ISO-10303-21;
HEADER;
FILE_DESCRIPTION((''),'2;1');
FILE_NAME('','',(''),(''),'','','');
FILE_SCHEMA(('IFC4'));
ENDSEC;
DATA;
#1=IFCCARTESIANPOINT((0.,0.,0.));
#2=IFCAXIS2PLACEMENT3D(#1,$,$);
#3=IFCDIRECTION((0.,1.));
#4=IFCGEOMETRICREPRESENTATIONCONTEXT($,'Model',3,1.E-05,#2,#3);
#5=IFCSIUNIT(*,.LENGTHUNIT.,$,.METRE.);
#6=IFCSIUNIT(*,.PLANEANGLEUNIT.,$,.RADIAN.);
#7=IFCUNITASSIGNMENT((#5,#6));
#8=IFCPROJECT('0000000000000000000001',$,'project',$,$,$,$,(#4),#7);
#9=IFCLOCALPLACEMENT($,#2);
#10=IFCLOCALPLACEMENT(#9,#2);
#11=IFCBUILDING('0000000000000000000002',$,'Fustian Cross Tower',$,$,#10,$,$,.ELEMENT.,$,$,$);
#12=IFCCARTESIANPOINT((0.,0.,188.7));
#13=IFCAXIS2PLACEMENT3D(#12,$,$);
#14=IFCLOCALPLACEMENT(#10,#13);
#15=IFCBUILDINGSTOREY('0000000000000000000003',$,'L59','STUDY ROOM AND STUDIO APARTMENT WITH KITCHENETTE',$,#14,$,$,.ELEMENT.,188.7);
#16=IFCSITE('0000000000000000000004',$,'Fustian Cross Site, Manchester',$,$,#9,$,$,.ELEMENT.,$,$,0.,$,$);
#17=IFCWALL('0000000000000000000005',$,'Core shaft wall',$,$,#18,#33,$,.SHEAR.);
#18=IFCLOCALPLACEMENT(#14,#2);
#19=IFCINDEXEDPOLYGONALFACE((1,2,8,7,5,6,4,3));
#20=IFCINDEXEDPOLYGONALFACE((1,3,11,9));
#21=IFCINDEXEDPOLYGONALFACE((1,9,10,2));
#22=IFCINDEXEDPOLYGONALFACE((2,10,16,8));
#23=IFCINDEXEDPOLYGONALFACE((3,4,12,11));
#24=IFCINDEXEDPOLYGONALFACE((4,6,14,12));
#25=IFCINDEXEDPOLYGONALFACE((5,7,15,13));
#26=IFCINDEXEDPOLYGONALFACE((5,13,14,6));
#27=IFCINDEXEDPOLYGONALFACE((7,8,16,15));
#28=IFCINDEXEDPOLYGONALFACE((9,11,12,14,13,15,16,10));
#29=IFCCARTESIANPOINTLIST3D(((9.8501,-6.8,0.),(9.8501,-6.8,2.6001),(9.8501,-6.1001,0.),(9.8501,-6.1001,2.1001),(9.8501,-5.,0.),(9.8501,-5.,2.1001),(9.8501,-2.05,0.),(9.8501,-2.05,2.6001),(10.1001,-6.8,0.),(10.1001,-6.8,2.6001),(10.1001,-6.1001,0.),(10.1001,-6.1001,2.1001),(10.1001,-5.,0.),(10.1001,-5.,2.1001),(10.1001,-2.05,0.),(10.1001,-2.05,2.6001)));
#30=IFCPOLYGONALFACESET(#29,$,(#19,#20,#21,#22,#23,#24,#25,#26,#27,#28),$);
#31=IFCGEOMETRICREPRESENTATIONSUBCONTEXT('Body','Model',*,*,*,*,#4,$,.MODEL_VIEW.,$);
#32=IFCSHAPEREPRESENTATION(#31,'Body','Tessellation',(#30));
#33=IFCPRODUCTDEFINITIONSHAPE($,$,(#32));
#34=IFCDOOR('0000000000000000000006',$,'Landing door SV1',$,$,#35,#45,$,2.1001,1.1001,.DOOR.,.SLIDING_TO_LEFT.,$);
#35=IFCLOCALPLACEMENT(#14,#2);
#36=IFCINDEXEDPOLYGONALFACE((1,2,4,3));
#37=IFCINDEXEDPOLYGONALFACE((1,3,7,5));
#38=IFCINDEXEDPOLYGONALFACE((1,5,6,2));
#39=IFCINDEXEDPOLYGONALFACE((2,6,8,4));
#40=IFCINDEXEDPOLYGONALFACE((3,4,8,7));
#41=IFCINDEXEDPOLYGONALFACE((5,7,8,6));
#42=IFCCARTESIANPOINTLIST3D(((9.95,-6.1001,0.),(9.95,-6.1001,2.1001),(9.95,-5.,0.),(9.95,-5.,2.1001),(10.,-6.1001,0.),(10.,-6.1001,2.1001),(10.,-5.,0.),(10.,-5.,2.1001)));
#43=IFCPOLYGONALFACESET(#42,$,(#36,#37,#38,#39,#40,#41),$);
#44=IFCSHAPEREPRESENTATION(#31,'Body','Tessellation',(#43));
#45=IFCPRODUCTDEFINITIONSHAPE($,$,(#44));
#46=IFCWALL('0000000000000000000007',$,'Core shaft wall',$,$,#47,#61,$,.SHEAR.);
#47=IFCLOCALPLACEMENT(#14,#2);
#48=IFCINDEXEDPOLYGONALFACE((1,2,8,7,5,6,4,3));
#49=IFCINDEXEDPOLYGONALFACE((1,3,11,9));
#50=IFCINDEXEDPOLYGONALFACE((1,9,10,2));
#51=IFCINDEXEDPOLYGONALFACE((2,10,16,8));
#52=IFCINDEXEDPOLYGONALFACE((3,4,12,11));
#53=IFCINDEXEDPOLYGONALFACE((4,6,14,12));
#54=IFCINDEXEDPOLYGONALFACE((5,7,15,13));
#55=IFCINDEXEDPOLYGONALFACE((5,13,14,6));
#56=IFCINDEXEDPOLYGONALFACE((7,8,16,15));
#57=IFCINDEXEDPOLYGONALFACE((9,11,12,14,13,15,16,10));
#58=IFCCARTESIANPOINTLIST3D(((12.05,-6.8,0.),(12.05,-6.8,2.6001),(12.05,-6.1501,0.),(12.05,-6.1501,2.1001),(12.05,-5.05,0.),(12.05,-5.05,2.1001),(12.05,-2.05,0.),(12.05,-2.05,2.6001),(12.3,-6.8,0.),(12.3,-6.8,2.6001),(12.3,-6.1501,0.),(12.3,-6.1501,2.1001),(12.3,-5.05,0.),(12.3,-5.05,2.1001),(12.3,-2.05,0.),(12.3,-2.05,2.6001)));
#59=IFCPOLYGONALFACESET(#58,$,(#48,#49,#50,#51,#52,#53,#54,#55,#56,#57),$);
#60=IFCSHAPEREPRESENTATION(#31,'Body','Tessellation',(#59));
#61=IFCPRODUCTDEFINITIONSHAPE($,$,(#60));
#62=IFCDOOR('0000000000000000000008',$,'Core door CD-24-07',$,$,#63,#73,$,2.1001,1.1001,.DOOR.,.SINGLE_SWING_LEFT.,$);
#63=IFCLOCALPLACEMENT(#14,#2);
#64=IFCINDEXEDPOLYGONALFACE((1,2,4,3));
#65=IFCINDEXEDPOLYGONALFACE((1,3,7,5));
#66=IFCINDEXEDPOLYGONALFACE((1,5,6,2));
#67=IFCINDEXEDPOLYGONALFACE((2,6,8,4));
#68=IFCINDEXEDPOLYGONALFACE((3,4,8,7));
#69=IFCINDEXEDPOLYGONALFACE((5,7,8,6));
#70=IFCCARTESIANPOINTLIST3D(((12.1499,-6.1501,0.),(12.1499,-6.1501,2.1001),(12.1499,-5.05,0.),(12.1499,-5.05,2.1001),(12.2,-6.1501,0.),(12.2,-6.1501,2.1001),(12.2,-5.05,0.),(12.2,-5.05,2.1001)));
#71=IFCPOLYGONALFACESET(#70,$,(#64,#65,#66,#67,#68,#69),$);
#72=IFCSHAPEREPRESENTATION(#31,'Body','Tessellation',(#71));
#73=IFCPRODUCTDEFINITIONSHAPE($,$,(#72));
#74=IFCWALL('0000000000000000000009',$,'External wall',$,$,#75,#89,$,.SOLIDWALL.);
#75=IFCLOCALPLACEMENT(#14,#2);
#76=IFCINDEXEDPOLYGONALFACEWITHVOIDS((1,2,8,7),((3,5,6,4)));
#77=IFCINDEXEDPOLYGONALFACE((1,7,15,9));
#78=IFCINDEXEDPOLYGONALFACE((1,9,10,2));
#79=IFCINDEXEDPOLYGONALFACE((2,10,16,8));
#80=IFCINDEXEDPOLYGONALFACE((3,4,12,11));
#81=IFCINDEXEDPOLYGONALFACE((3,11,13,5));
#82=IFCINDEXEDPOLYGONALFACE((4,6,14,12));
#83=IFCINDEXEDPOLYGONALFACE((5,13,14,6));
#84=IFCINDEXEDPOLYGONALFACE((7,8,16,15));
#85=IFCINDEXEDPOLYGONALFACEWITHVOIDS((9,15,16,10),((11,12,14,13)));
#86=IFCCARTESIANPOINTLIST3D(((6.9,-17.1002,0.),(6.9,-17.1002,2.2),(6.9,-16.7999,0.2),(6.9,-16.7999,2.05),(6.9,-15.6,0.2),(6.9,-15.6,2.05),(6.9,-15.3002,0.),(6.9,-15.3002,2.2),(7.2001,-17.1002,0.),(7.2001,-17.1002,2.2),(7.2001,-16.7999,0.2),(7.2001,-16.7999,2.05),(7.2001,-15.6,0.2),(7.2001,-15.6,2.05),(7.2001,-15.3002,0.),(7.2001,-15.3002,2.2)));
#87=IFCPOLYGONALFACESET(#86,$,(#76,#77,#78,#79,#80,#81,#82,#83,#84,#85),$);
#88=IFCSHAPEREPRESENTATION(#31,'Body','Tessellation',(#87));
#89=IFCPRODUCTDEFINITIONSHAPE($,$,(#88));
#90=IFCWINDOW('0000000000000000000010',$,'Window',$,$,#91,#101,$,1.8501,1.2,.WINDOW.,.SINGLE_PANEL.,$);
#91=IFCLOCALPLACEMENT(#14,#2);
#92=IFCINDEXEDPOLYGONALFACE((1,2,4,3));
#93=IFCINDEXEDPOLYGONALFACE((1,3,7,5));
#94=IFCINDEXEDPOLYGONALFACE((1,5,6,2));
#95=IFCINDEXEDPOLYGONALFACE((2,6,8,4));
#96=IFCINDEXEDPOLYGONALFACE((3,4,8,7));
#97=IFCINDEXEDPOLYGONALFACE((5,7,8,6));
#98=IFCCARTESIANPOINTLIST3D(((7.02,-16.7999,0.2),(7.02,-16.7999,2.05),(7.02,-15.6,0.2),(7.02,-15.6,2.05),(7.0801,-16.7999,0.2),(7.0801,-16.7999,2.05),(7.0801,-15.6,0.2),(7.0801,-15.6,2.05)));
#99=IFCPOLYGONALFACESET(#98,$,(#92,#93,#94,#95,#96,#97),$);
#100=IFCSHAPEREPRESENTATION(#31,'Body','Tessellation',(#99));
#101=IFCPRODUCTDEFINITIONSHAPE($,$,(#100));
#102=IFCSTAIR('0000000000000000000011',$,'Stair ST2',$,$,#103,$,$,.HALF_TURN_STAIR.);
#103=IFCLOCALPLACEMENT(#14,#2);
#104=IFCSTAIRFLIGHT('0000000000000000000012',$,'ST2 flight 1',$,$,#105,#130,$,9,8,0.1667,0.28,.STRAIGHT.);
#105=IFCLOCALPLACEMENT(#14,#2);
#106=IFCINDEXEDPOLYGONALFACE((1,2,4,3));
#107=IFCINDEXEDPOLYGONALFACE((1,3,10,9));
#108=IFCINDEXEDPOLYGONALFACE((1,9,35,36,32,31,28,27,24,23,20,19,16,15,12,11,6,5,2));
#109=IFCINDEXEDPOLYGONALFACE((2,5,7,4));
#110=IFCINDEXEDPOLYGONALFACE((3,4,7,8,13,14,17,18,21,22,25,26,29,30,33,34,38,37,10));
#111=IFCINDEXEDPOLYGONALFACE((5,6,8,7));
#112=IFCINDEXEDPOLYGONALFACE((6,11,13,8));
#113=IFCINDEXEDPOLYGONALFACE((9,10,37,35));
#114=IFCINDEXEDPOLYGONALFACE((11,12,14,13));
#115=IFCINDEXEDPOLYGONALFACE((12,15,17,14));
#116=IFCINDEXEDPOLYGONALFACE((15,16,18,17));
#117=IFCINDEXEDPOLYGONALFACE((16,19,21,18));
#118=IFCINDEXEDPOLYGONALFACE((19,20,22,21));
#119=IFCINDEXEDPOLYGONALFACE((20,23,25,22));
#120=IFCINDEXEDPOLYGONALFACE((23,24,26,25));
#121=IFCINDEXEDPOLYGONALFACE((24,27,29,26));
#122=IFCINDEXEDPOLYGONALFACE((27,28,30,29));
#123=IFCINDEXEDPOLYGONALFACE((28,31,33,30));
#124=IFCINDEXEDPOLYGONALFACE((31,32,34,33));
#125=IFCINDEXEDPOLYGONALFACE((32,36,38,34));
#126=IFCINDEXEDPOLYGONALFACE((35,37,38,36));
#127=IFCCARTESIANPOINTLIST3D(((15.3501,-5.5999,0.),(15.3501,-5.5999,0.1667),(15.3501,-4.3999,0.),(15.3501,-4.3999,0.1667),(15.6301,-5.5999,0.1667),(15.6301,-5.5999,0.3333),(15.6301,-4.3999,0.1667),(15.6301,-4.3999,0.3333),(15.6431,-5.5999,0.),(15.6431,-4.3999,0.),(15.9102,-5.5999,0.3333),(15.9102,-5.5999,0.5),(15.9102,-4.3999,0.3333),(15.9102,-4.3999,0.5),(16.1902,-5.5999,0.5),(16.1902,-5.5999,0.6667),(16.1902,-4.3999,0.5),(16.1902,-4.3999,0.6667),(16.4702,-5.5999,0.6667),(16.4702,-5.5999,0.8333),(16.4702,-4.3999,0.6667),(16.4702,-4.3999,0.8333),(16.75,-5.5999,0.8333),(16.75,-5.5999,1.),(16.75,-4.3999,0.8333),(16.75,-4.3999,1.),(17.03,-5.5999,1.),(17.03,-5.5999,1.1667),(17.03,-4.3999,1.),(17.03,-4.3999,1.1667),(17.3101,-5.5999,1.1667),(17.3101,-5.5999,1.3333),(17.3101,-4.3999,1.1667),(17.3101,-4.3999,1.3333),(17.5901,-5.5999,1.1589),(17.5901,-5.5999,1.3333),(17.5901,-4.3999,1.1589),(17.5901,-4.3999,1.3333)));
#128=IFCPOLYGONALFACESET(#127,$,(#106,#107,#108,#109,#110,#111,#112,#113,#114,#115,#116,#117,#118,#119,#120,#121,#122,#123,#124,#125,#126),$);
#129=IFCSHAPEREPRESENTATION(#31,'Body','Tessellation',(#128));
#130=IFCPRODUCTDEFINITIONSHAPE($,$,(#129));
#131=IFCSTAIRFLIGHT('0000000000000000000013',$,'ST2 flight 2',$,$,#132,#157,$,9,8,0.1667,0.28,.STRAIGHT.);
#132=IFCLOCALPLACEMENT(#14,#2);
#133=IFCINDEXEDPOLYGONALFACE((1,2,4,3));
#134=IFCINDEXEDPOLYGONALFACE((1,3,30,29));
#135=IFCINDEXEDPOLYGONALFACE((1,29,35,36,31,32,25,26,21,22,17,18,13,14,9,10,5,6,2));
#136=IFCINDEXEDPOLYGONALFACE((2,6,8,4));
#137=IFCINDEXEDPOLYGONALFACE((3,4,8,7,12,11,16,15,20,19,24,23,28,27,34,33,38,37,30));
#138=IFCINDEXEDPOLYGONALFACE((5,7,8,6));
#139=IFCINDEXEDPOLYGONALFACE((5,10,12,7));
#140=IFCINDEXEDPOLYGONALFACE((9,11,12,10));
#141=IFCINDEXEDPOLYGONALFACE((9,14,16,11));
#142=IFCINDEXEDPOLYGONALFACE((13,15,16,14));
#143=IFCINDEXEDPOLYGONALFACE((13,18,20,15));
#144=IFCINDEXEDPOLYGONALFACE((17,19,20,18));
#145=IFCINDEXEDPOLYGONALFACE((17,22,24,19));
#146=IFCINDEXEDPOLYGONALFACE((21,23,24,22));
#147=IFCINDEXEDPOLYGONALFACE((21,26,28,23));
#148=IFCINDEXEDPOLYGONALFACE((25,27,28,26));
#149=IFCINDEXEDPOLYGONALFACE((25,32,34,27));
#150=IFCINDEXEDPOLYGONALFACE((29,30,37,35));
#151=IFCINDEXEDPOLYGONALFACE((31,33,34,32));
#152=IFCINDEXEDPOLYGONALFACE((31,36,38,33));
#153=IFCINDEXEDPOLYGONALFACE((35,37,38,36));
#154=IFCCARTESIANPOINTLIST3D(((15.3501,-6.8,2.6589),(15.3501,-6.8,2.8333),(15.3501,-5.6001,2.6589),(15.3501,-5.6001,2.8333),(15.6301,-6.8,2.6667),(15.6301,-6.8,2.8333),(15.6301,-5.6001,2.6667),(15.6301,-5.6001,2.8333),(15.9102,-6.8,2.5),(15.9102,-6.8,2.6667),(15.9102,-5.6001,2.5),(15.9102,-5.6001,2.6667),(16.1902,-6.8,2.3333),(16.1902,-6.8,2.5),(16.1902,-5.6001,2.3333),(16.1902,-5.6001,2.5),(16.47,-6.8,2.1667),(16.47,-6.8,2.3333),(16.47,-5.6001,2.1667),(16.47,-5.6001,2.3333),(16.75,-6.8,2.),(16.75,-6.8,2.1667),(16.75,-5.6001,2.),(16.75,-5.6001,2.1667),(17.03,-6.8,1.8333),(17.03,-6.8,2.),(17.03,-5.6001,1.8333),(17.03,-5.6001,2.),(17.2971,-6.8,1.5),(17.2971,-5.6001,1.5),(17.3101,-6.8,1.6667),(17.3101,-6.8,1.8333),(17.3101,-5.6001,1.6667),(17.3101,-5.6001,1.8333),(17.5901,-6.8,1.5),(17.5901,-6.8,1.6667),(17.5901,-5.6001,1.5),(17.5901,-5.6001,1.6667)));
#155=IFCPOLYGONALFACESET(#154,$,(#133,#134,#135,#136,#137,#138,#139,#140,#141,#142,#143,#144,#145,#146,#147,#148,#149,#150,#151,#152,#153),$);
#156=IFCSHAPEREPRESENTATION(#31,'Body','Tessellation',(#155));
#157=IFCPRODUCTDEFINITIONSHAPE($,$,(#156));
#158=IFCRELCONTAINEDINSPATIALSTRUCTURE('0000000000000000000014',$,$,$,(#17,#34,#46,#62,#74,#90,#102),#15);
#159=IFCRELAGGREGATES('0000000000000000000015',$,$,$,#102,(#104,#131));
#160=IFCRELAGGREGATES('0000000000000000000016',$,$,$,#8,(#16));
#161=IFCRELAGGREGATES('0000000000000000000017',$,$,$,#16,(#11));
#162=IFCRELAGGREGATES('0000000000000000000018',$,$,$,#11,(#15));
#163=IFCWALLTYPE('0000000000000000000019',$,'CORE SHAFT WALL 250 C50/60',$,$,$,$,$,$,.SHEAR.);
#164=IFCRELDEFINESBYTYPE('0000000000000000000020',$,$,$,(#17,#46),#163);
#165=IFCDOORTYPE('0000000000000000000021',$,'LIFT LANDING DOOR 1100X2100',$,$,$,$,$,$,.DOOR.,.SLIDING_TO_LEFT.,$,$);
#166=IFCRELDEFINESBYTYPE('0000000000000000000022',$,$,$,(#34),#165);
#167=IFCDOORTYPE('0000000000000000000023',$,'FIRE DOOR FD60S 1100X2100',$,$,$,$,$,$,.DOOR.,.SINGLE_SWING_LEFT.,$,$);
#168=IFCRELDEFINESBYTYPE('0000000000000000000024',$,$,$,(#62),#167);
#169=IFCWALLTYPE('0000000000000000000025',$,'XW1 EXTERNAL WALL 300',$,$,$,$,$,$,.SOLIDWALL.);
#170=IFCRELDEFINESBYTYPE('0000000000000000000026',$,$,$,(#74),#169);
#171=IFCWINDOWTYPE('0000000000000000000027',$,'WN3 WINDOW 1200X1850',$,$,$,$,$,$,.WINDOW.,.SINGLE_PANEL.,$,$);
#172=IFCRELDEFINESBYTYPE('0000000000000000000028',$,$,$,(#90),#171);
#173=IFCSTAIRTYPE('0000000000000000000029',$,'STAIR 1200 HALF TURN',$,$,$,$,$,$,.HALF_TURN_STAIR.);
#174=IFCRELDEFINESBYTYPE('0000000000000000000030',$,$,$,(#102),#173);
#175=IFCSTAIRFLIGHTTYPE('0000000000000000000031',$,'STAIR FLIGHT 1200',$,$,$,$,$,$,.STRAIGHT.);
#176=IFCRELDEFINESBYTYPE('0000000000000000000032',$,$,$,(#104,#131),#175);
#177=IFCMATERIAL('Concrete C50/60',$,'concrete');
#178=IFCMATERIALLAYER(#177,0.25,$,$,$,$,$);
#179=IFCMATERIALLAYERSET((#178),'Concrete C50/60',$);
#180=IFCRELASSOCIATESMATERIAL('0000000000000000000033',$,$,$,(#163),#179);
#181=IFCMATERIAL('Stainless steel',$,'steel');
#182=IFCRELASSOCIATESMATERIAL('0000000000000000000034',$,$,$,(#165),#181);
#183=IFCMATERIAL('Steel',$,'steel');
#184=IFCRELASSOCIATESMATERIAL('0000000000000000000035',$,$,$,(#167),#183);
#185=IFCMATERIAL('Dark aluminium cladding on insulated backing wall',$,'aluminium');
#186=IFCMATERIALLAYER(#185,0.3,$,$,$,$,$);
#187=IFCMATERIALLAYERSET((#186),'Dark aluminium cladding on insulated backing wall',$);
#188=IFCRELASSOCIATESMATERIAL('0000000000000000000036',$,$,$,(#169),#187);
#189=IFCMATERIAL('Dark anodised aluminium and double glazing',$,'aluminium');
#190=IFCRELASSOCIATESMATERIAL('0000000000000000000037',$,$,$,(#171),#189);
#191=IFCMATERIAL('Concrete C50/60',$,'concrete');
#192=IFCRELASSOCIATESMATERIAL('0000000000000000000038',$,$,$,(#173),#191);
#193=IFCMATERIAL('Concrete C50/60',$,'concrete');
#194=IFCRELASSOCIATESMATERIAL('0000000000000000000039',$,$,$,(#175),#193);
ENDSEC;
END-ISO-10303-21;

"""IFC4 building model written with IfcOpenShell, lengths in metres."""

from ifc_helpers import new_model, si_unit, direction, frame, frame_2d, origin, place, context, subcontext, project, spatial, polyline, rectangle, outline, extrude, material, layer, layer_set, type_object, element, fill, aggregate, save


model = new_model("IFC4")

# Units and contexts
model_context = context("Model", 3, precision=1e-05, world=origin(), true_north=direction((0.0, 1.0)))
body_context = subcontext(model_context, "Body", "Model", "MODEL_VIEW")
ifc_project = project(units=[si_unit("LENGTHUNIT", "METRE"), si_unit("PLANEANGLEUNIT", "RADIAN")], contexts=[model_context])

# Site, building, storey
site_placement = place(None, origin())
site = spatial("IfcSite", under=ifc_project, at=site_placement, Name="Fustian Cross Site, Manchester", CompositionType="ELEMENT", RefElevation=0.0)
building_placement = place(site_placement, origin())
building = spatial("IfcBuilding", under=site, at=building_placement, Name="Fustian Cross Tower", CompositionType="ELEMENT")
storey_placement = place(building_placement, frame((0.0, 0.0, 188.7)))
storey = spatial("IfcBuildingStorey", under=building, at=storey_placement, Name="L59", Description="STUDY ROOM AND STUDIO APARTMENT WITH KITCHENETTE", CompositionType="ELEMENT", Elevation=188.7)

# Shared definitions
ifc_material_1 = material(Name="Concrete C50/60", Category="concrete")
ifc_layer_1 = layer(ifc_material_1, 0.25)
ifc_layer_set_1 = layer_set([ifc_layer_1], Name="Concrete C50/60")
wall_type_1 = type_object("IfcWallType", Name="CORE SHAFT WALL 250 C50/60", PredefinedType="SHEAR", material=ifc_layer_set_1)

# Walls, openings, doors
wall_1_placement = place(storey_placement, frame((9.9751, -2.05, 0.0), z_axis=(0.0, 0.0, 1.0), x_axis=(0.0, -1.0, 0.0)))
wall_1 = element("IfcWall", 1, at=wall_1_placement, inside=storey, type_object=wall_type_1, Name="Core shaft wall", PredefinedType="SHEAR", context=body_context, shape_type="SweptSolid", body=[
    extrude(rectangle(XDim=4.75, YDim=0.25, at=frame_2d((2.375, 0.0))), origin(), (0.0, 0.0, 1.0), 2.6001),
])
opening_1_placement = place(wall_1_placement, frame((2.95, 0.0, 0.0)))
opening_1 = element("IfcOpeningElement", 2, at=opening_1_placement, cuts=wall_1, PredefinedType="OPENING", context=body_context, shape_type="SweptSolid", body=[
    extrude(rectangle(XDim=1.1001, YDim=2.1001, at=frame_2d((0.55, 1.05))), frame((0.0, 0.135, 0.0), z_axis=(0.0, -1.0, 0.0), x_axis=(1.0, 0.0, 0.0)), (0.0, 0.0, 1.0), 0.27),
])
ifc_material_2 = material(Name="Stainless steel", Category="steel")
door_type_1 = type_object("IfcDoorType", Name="LIFT LANDING DOOR 1100X2100", OperationType="SLIDING_TO_LEFT", PredefinedType="DOOR", material=ifc_material_2)
door_1_placement = place(opening_1_placement, origin())
door_1 = element("IfcDoor", 3, at=door_1_placement, inside=storey, type_object=door_type_1, Name="Landing door SV1", OperationType="SLIDING_TO_LEFT", OverallHeight=2.1001, OverallWidth=1.1001, PredefinedType="DOOR", context=body_context, shape_type="SweptSolid", body=[
    extrude(rectangle(XDim=1.1001, YDim=2.1001, at=frame_2d((0.55, 1.05))), frame((0.0, 0.0249, 0.0), z_axis=(0.0, -1.0, 0.0), x_axis=(1.0, 0.0, 0.0)), (0.0, 0.0, 1.0), 0.05),
])
fill(opening_1, door_1)
wall_2_placement = place(storey_placement, frame((12.175, -2.05, 0.0), z_axis=(0.0, 0.0, 1.0), x_axis=(0.0, -1.0, 0.0)))
wall_2 = element("IfcWall", 4, at=wall_2_placement, inside=storey, type_object=wall_type_1, Name="Core shaft wall", PredefinedType="SHEAR", context=body_context, shape_type="SweptSolid", body=[
    extrude(rectangle(XDim=4.75, YDim=0.25, at=frame_2d((2.375, 0.0))), origin(), (0.0, 0.0, 1.0), 2.6001),
])
opening_2_placement = place(wall_2_placement, frame((3.0, 0.0, 0.0)))
opening_2 = element("IfcOpeningElement", 5, at=opening_2_placement, cuts=wall_2, PredefinedType="OPENING", context=body_context, shape_type="SweptSolid", body=[
    extrude(rectangle(XDim=1.1001, YDim=2.1001, at=frame_2d((0.55, 1.05))), frame((0.0, 0.135, 0.0), z_axis=(0.0, -1.0, 0.0), x_axis=(1.0, 0.0, 0.0)), (0.0, 0.0, 1.0), 0.27),
])
ifc_material_3 = material(Name="Steel", Category="steel")
door_type_2 = type_object("IfcDoorType", Name="FIRE DOOR FD60S 1100X2100", OperationType="SINGLE_SWING_LEFT", PredefinedType="DOOR", material=ifc_material_3)
door_2_placement = place(opening_2_placement, origin())
door_2 = element("IfcDoor", 6, at=door_2_placement, inside=storey, type_object=door_type_2, Name="Core door CD-24-07", OperationType="SINGLE_SWING_LEFT", OverallHeight=2.1001, OverallWidth=1.1001, PredefinedType="DOOR", context=body_context, shape_type="SweptSolid", body=[
    extrude(rectangle(XDim=1.1001, YDim=2.1001, at=frame_2d((0.55, 1.05))), frame((0.0, 0.0249, 0.0), z_axis=(0.0, -1.0, 0.0), x_axis=(1.0, 0.0, 0.0)), (0.0, 0.0, 1.0), 0.05),
])
fill(opening_2, door_2)

# Wall, opening, window
ifc_material_4 = material(Name="Dark aluminium cladding on insulated backing wall", Category="aluminium")
ifc_layer_2 = layer(ifc_material_4, 0.3)
ifc_layer_set_2 = layer_set([ifc_layer_2], Name="Dark aluminium cladding on insulated backing wall")
wall_type_2 = type_object("IfcWallType", Name="XW1 EXTERNAL WALL 300", PredefinedType="SOLIDWALL", material=ifc_layer_set_2)
wall_3_placement = place(storey_placement, frame((7.05, -17.1001, 0.0), z_axis=(0.0, 0.0, 1.0), x_axis=(0.0, 1.0, 0.0)))
wall_3 = element("IfcWall", 7, at=wall_3_placement, inside=storey, type_object=wall_type_2, Name="External wall", PredefinedType="SOLIDWALL", context=body_context, shape_type="SweptSolid", body=[
    extrude(rectangle(XDim=1.8, YDim=0.3, at=frame_2d((0.8999, 0.0))), origin(), (0.0, 0.0, 1.0), 2.2),
])
opening_3_placement = place(wall_3_placement, frame((0.3, 0.0, 0.2)))
opening_3 = element("IfcOpeningElement", 8, at=opening_3_placement, cuts=wall_3, PredefinedType="OPENING", context=body_context, shape_type="SweptSolid", body=[
    extrude(rectangle(XDim=1.2, YDim=1.8501, at=frame_2d((0.6001, 0.925))), frame((0.0, 0.1599, 0.0), z_axis=(0.0, -1.0, 0.0), x_axis=(1.0, 0.0, 0.0)), (0.0, 0.0, 1.0), 0.3201),
])
ifc_material_5 = material(Name="Dark anodised aluminium and double glazing", Category="aluminium")
window_type = type_object("IfcWindowType", Name="WN3 WINDOW 1200X1850", PartitioningType="SINGLE_PANEL", PredefinedType="WINDOW", material=ifc_material_5)
window_placement = place(opening_3_placement, origin())
window = element("IfcWindow", 9, at=window_placement, inside=storey, type_object=window_type, Name="Window", OverallHeight=1.8501, OverallWidth=1.2, PartitioningType="SINGLE_PANEL", PredefinedType="WINDOW", context=body_context, shape_type="SweptSolid", body=[
    extrude(rectangle(XDim=1.2, YDim=1.8501, at=frame_2d((0.6001, 0.925))), frame((0.0, 0.03, 0.0), z_axis=(0.0, -1.0, 0.0), x_axis=(1.0, 0.0, 0.0)), (0.0, 0.0, 1.0), 0.0601),
])
fill(opening_3, window)

# Stair, stair flights
ifc_material_6 = material(Name="Concrete C50/60", Category="concrete")
stair_type = type_object("IfcStairType", Name="STAIR 1200 HALF TURN", PredefinedType="HALF_TURN_STAIR", material=ifc_material_6)
stair_placement = place(storey_placement, origin())
stair = element("IfcStair", 10, at=stair_placement, inside=storey, type_object=stair_type, Name="Stair ST2", PredefinedType="HALF_TURN_STAIR")
ifc_material_7 = material(Name="Concrete C50/60", Category="concrete")
stair_flight_type = type_object("IfcStairFlightType", Name="STAIR FLIGHT 1200", PredefinedType="STRAIGHT", material=ifc_material_7)
stair_flight_1_placement = place(storey_placement, frame((15.3501, -5.0, 0.0), z_axis=(0.0, 0.0, 1.0), x_axis=(1.0, 0.0, 0.0)))
stair_flight_1 = element("IfcStairFlight", 11, at=stair_flight_1_placement, type_object=stair_flight_type, Name="ST2 flight 1", NumberOfRisers=9, NumberOfTreads=8, PredefinedType="STRAIGHT", RiserHeight=0.1667, TreadLength=0.28, context=body_context, shape_type="SweptSolid", body=[
    extrude(outline(polyline([(0.0, 0.0), (0.0, 0.1667), (0.28, 0.1667), (0.28, 0.3333), (0.5601, 0.3333), (0.5601, 0.5), (0.8401, 0.5), (0.8401, 0.6667), (1.1201, 0.6667), (1.1201, 0.8333), (1.3999, 0.8333), (1.3999, 1.0), (1.6799, 1.0), (1.6799, 1.1667), (1.96, 1.1667), (1.96, 1.3333), (2.24, 1.3333), (2.24, 1.5), (2.24, 1.1589), (0.293, 0.0), (0.0, 0.0)])), frame((0.0, 0.6001, 0.0), z_axis=(0.0, -1.0, 0.0), x_axis=(1.0, 0.0, 0.0)), (0.0, 0.0, 1.0), 1.2),
])
stair_flight_2_placement = place(storey_placement, frame((17.5901, -6.2, 1.5), z_axis=(0.0, 0.0, 1.0), x_axis=(-1.0, 0.0, 0.0)))
stair_flight_2 = element("IfcStairFlight", 12, at=stair_flight_2_placement, type_object=stair_flight_type, Name="ST2 flight 2", NumberOfRisers=9, NumberOfTreads=8, PredefinedType="STRAIGHT", RiserHeight=0.1667, TreadLength=0.28, context=body_context, shape_type="SweptSolid", body=[
    extrude(outline(polyline([(0.0, 0.0), (0.0, 0.1667), (0.28, 0.1667), (0.28, 0.3333), (0.5601, 0.3333), (0.5601, 0.5), (0.8401, 0.5), (0.8401, 0.6667), (1.1201, 0.6667), (1.1201, 0.8333), (1.3999, 0.8333), (1.3999, 1.0), (1.6799, 1.0), (1.6799, 1.1667), (1.96, 1.1667), (1.96, 1.3333), (2.24, 1.3333), (2.24, 1.5), (2.24, 1.1589), (0.293, 0.0), (0.0, 0.0)])), frame((0.0, 0.6001, 0.0), z_axis=(0.0, -1.0, 0.0), x_axis=(1.0, 0.0, 0.0)), (0.0, 0.0, 1.0), 1.2),
])
aggregate(stair, [stair_flight_1, stair_flight_2])

save(model, "model.ifc")
